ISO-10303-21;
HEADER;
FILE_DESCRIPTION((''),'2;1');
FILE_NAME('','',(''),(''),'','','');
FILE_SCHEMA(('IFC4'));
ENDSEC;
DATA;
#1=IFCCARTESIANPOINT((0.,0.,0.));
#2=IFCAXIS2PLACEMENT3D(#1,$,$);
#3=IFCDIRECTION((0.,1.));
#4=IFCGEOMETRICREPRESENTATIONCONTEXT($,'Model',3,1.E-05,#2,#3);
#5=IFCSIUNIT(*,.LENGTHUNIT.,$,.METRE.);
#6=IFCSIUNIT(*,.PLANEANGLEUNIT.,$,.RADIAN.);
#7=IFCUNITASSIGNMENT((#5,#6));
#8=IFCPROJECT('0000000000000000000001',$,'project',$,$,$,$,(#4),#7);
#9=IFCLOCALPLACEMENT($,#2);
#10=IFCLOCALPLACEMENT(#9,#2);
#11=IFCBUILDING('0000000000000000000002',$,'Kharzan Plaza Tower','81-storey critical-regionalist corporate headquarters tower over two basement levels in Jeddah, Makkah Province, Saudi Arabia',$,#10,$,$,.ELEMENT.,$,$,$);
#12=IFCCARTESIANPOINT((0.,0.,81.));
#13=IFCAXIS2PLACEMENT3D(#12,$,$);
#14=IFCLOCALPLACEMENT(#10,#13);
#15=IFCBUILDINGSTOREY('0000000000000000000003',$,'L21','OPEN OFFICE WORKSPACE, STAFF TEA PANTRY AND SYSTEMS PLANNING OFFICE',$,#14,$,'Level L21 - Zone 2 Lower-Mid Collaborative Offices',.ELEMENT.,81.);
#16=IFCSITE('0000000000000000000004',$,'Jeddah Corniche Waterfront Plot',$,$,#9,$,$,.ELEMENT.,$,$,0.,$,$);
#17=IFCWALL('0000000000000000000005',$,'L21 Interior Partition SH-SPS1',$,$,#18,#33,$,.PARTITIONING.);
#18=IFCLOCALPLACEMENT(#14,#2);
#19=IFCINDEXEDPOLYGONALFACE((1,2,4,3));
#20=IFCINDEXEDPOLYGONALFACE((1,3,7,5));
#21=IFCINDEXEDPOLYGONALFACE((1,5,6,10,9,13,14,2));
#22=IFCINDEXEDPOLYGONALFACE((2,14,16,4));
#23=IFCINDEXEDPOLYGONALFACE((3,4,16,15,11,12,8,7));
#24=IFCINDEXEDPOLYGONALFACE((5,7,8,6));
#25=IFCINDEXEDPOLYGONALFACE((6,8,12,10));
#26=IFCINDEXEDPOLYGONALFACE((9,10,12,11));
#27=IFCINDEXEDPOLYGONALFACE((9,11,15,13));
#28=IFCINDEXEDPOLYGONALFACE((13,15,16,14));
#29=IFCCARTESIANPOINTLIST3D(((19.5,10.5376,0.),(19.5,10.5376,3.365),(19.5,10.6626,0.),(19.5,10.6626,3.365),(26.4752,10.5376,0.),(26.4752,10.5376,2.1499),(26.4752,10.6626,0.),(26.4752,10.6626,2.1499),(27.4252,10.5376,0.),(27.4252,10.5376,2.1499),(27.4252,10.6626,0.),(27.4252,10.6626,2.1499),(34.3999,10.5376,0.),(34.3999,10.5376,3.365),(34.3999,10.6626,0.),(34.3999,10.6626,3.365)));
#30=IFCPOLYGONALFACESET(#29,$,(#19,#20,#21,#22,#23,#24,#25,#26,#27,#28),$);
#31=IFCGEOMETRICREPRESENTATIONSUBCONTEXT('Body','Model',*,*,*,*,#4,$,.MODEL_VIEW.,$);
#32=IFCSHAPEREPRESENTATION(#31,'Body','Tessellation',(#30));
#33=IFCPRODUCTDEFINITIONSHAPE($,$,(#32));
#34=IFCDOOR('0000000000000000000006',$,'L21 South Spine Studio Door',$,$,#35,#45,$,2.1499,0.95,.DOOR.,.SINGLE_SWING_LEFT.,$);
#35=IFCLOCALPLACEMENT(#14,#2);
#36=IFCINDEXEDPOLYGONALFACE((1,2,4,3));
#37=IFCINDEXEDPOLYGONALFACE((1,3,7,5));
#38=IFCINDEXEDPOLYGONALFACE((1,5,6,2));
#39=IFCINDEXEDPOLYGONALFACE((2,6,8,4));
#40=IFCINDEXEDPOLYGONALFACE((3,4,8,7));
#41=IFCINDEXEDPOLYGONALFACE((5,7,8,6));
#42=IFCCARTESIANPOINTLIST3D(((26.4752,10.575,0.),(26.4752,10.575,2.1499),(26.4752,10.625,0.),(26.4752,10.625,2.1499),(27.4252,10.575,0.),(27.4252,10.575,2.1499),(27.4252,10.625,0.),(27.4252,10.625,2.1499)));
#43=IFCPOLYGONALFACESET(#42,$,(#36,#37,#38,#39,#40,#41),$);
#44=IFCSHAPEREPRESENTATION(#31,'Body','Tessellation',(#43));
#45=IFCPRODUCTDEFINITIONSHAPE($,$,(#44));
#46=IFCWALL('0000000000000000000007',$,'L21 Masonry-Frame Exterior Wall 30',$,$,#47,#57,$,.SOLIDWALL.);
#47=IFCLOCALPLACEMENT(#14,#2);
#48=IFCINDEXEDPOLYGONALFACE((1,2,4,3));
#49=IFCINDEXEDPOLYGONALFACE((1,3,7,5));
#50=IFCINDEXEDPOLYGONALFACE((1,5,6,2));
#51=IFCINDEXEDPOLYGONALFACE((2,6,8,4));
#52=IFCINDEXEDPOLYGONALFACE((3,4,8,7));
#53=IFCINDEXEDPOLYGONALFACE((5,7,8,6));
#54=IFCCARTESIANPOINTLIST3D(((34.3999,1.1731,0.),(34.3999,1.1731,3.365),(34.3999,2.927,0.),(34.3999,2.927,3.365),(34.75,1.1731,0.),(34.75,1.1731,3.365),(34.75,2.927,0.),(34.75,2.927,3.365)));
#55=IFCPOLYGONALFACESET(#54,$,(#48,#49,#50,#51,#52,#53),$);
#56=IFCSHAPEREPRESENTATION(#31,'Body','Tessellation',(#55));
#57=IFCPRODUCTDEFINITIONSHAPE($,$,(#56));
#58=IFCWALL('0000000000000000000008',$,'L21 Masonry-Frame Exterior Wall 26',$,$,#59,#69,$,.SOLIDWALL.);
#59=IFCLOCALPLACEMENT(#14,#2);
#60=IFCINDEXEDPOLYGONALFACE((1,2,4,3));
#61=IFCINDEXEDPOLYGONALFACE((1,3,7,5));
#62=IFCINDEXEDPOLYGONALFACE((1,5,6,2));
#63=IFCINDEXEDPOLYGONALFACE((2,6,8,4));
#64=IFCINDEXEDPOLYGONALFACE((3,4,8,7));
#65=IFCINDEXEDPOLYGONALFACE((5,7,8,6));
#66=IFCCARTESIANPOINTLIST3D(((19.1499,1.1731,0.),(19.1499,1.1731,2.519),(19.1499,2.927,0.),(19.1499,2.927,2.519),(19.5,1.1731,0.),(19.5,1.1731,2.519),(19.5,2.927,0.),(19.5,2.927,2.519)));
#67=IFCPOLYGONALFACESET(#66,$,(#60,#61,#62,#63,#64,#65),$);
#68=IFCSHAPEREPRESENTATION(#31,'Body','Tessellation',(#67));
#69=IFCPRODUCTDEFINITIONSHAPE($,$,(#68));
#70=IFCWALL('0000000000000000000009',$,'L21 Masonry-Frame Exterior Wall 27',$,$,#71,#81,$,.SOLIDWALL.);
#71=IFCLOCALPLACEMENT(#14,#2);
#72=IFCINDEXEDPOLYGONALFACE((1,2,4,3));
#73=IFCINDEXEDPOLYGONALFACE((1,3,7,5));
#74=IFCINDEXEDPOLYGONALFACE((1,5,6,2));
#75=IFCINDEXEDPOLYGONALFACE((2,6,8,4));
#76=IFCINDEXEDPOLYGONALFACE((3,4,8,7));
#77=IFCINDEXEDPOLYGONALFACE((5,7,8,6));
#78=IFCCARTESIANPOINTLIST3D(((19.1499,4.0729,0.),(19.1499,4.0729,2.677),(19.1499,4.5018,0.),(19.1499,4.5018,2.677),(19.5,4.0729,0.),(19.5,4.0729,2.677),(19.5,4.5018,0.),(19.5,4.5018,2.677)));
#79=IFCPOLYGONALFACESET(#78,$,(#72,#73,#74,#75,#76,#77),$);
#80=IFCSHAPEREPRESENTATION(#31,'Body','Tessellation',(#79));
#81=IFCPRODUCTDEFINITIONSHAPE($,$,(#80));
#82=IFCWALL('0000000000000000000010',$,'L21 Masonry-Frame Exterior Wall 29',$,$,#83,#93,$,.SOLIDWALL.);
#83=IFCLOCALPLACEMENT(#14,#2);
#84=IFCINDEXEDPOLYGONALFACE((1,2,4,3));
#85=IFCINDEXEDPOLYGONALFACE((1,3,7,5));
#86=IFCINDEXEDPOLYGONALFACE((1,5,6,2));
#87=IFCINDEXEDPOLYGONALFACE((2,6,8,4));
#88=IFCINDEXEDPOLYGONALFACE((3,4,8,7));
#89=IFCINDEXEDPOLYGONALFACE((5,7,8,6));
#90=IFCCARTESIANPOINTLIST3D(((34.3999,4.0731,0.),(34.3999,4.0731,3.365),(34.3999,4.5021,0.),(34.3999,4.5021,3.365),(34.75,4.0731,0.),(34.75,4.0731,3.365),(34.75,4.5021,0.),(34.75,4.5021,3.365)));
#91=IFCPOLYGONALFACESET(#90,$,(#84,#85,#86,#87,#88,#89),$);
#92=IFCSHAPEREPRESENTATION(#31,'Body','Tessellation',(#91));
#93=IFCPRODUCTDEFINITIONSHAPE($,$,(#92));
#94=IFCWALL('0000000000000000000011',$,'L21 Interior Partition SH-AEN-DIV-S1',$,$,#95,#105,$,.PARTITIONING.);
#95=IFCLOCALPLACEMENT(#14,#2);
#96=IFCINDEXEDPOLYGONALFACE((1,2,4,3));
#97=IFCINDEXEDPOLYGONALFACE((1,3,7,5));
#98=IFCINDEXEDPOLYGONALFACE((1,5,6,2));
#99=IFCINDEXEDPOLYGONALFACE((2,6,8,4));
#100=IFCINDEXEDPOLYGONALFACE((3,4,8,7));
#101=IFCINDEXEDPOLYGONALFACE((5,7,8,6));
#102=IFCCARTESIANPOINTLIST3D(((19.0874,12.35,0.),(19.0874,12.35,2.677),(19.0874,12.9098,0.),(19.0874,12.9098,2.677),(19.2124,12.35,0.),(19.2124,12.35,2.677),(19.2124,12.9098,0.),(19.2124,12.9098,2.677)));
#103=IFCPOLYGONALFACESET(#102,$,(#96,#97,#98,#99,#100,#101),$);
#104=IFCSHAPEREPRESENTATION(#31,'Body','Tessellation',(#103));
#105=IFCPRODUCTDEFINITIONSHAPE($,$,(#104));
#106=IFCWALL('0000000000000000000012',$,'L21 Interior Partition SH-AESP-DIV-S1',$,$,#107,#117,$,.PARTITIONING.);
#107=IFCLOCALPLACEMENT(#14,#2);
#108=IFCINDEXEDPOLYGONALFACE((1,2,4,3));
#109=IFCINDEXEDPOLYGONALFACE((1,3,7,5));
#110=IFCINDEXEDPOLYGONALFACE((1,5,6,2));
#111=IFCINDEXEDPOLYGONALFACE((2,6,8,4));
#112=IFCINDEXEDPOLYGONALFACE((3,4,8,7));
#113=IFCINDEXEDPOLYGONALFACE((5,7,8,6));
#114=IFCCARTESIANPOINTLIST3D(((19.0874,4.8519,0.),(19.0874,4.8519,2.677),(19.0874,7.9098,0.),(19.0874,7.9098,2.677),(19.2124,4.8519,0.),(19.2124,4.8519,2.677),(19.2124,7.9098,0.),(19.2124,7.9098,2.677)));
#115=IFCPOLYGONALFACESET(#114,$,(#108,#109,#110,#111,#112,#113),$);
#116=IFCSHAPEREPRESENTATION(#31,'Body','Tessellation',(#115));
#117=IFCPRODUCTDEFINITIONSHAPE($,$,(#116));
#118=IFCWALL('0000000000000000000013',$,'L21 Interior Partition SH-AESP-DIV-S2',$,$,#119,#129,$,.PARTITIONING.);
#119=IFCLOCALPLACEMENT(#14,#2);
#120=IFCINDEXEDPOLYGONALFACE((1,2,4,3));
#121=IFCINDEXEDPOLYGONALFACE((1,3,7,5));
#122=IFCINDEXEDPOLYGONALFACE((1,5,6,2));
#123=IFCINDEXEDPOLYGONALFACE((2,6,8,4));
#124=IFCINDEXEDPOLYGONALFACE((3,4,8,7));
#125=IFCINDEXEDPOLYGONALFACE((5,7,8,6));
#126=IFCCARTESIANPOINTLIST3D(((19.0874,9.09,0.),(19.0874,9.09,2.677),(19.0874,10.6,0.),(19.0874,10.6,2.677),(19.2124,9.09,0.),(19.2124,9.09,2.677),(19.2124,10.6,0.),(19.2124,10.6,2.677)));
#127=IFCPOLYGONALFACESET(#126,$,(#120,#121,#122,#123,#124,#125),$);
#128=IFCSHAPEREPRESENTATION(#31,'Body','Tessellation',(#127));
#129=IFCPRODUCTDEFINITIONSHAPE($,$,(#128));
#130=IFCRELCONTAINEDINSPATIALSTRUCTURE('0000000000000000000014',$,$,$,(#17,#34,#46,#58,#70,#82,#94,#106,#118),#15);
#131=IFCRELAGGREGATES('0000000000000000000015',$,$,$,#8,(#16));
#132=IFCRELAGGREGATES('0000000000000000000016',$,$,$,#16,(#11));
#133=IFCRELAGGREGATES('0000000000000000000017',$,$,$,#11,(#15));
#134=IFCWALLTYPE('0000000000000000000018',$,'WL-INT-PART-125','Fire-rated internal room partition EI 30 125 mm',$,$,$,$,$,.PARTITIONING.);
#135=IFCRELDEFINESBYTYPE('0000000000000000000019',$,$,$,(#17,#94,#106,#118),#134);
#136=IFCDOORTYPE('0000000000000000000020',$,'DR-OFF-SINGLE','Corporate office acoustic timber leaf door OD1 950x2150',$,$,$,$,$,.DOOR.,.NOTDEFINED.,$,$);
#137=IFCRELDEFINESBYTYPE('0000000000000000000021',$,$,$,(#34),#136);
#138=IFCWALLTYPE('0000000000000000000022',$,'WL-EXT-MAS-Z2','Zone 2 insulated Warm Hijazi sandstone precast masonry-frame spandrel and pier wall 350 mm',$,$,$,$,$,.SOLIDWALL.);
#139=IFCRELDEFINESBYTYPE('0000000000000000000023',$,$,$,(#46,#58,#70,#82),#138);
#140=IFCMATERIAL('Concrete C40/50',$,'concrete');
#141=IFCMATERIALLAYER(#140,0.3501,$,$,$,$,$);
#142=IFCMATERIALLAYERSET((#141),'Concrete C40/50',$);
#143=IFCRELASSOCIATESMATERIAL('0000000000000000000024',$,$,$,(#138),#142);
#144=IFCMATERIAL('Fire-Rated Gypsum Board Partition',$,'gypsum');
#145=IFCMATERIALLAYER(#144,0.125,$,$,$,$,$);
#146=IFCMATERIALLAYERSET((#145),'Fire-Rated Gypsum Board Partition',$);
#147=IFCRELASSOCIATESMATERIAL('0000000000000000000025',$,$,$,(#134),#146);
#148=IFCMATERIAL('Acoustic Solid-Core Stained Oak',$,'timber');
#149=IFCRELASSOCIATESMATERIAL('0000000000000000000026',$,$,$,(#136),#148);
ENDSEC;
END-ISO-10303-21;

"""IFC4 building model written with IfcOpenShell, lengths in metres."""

from ifc_helpers import new_model, si_unit, direction, frame, frame_2d, origin, place, context, subcontext, project, spatial, rectangle, extrude, source, transform, mapped, material, layer, layer_set, type_object, element, fill, save


model = new_model("IFC4")

# Units and contexts
model_context = context("Model", 3, precision=1e-05, world=origin(), true_north=direction((0.0, 1.0)))
body_context = subcontext(model_context, "Body", "Model", "MODEL_VIEW")
ifc_project = project(units=[si_unit("LENGTHUNIT", "METRE"), si_unit("PLANEANGLEUNIT", "RADIAN")], contexts=[model_context])

# Site, building, storey
site_placement = place(None, origin())
site = spatial("IfcSite", under=ifc_project, at=site_placement, Name="Jeddah Corniche Waterfront Plot", CompositionType="ELEMENT", RefElevation=0.0)
building_placement = place(site_placement, origin())
building = spatial("IfcBuilding", under=site, at=building_placement, Name="Kharzan Plaza Tower", Description="81-storey critical-regionalist corporate headquarters tower over two basement levels in Jeddah, Makkah Province, Saudi Arabia", CompositionType="ELEMENT")
storey_placement = place(building_placement, frame((0.0, 0.0, 81.0)))
storey = spatial("IfcBuildingStorey", under=building, at=storey_placement, Name="L21", Description="OPEN OFFICE WORKSPACE, STAFF TEA PANTRY AND SYSTEMS PLANNING OFFICE", LongName="Level L21 - Zone 2 Lower-Mid Collaborative Offices", CompositionType="ELEMENT", Elevation=81.0)

# Shared definitions
ifc_material_1 = material(Name="Concrete C40/50", Category="concrete")
ifc_layer_1 = layer(ifc_material_1, 0.3501)
ifc_layer_set_1 = layer_set([ifc_layer_1], Name="Concrete C40/50")
wall_type_1 = type_object("IfcWallType", Name="WL-EXT-MAS-Z2", Description="Zone 2 insulated Warm Hijazi sandstone precast masonry-frame spandrel and pier wall 350 mm", PredefinedType="SOLIDWALL", material=ifc_layer_set_1)

# Wall, opening, door
ifc_material_2 = material(Name="Fire-Rated Gypsum Board Partition", Category="gypsum")
ifc_layer_2 = layer(ifc_material_2, 0.125)
ifc_layer_set_2 = layer_set([ifc_layer_2], Name="Fire-Rated Gypsum Board Partition")
wall_type_2 = type_object("IfcWallType", Name="WL-INT-PART-125", Description="Fire-rated internal room partition EI 30 125 mm", PredefinedType="PARTITIONING", material=ifc_layer_set_2)
wall_1_placement = place(storey_placement, frame((19.5, 10.6001, 0.0), z_axis=(0.0, 0.0, 1.0), x_axis=(1.0, 0.0, 0.0)))
wall_1 = element("IfcWall", 1, at=wall_1_placement, inside=storey, type_object=wall_type_2, Name="L21 Interior Partition SH-SPS1", PredefinedType="PARTITIONING", context=body_context, shape_type="SweptSolid", body=[
    extrude(rectangle(XDim=14.8999, YDim=0.125, at=frame_2d((7.45, 0.0))), origin(), (0.0, 0.0, 1.0), 3.365),
])
opening_1_placement = place(wall_1_placement, frame((6.9751, 0.0, 0.0)))
opening_1 = element("IfcOpeningElement", 2, at=opening_1_placement, cuts=wall_1, PredefinedType="OPENING", context=body_context, shape_type="SweptSolid", body=[
    extrude(rectangle(XDim=0.95, YDim=2.1499, at=frame_2d((0.4751, 1.075))), frame((0.0, 0.0725, 0.0), z_axis=(0.0, -1.0, 0.0), x_axis=(1.0, 0.0, 0.0)), (0.0, 0.0, 1.0), 0.145),
])
ifc_material_3 = material(Name="Acoustic Solid-Core Stained Oak", Category="timber")
door_type = type_object("IfcDoorType", Name="DR-OFF-SINGLE", Description="Corporate office acoustic timber leaf door OD1 950x2150", OperationType="NOTDEFINED", PredefinedType="DOOR", material=ifc_material_3)
shared_shape_1 = source(origin(), body_context, "Body", "SweptSolid", [
    extrude(rectangle(XDim=0.95, YDim=2.1499, at=frame_2d((0.4751, 1.075))), frame((0.0, 0.0249, 0.0), z_axis=(0.0, -1.0, 0.0), x_axis=(1.0, 0.0, 0.0)), (0.0, 0.0, 1.0), 0.05),
])
door_placement = place(opening_1_placement, origin())
door = element("IfcDoor", 3, at=door_placement, inside=storey, type_object=door_type, Name="L21 South Spine Studio Door", OperationType="SINGLE_SWING_LEFT", OverallHeight=2.1499, OverallWidth=0.95, PredefinedType="DOOR", context=body_context, shape_type="MappedRepresentation", body=[
    mapped(shared_shape_1, transform((0.0, 0.0, 0.0), x_axis=(1.0, 0.0, 0.0), y_axis=(0.0, 1.0, 0.0), z_axis=(0.0, 0.0, 1.0))),
])
fill(opening_1, door)

# Walls
shared_shape_2 = source(origin(), body_context, "Body", "SweptSolid", [
    extrude(rectangle(XDim=1.7539, YDim=0.3501, at=frame_2d((0.877, 0.0))), origin(), (0.0, 0.0, 1.0), 3.365),
])
wall_2_placement = place(storey_placement, frame((34.575, 2.927, 0.0), z_axis=(0.0, 0.0, 1.0), x_axis=(0.0, -1.0, 0.0)))
element("IfcWall", 4, at=wall_2_placement, inside=storey, type_object=wall_type_1, Name="L21 Masonry-Frame Exterior Wall 30", PredefinedType="SOLIDWALL", context=body_context, shape_type="MappedRepresentation", body=[
    mapped(shared_shape_2, transform((0.0, 0.0, 0.0), x_axis=(1.0, 0.0, 0.0), y_axis=(0.0, 1.0, 0.0), z_axis=(0.0, 0.0, 1.0))),
])
shared_shape_3 = source(origin(), body_context, "Body", "SweptSolid", [
    extrude(rectangle(XDim=1.7539, YDim=0.3501, at=frame_2d((0.877, 0.0))), origin(), (0.0, 0.0, 1.0), 2.519),
])
wall_3_placement = place(storey_placement, frame((19.325, 1.1731, 0.0), z_axis=(0.0, 0.0, 1.0), x_axis=(0.0, 1.0, 0.0)))
element("IfcWall", 5, at=wall_3_placement, inside=storey, type_object=wall_type_1, Name="L21 Masonry-Frame Exterior Wall 26", PredefinedType="SOLIDWALL", context=body_context, shape_type="MappedRepresentation", body=[
    mapped(shared_shape_3, transform((0.0, 0.0, 0.0), x_axis=(1.0, 0.0, 0.0), y_axis=(0.0, 1.0, 0.0), z_axis=(0.0, 0.0, 1.0))),
])
shared_shape_4 = source(origin(), body_context, "Body", "SweptSolid", [
    extrude(rectangle(XDim=0.429, YDim=0.3501, at=frame_2d((0.2144, 0.0))), origin(), (0.0, 0.0, 1.0), 2.677),
])
wall_4_placement = place(storey_placement, frame((19.325, 4.073, 0.0), z_axis=(0.0, 0.0, 1.0), x_axis=(0.0, 1.0, 0.0)))
element("IfcWall", 6, at=wall_4_placement, inside=storey, type_object=wall_type_1, Name="L21 Masonry-Frame Exterior Wall 27", PredefinedType="SOLIDWALL", context=body_context, shape_type="MappedRepresentation", body=[
    mapped(shared_shape_4, transform((0.0, 0.0, 0.0), x_axis=(1.0, 0.0, 0.0), y_axis=(0.0, 1.0, 0.0), z_axis=(0.0, 0.0, 1.0))),
])
shared_shape_5 = source(origin(), body_context, "Body", "SweptSolid", [
    extrude(rectangle(XDim=0.429, YDim=0.3501, at=frame_2d((0.2144, 0.0))), origin(), (0.0, 0.0, 1.0), 3.365),
])
wall_5_placement = place(storey_placement, frame((34.575, 4.502, 0.0), z_axis=(0.0, 0.0, 1.0), x_axis=(0.0, -1.0, 0.0)))
element("IfcWall", 7, at=wall_5_placement, inside=storey, type_object=wall_type_1, Name="L21 Masonry-Frame Exterior Wall 29", PredefinedType="SOLIDWALL", context=body_context, shape_type="MappedRepresentation", body=[
    mapped(shared_shape_5, transform((0.0, 0.0, 0.0), x_axis=(1.0, 0.0, 0.0), y_axis=(0.0, 1.0, 0.0), z_axis=(0.0, 0.0, 1.0))),
])
shared_shape_6 = source(origin(), body_context, "Body", "SweptSolid", [
    extrude(rectangle(XDim=0.5598, YDim=0.125, at=frame_2d((0.2798, 0.0))), origin(), (0.0, 0.0, 1.0), 2.677),
])
wall_6_placement = place(storey_placement, frame((19.1499, 12.3501, 0.0), z_axis=(0.0, 0.0, 1.0), x_axis=(0.0, 1.0, 0.0)))
element("IfcWall", 8, at=wall_6_placement, inside=storey, type_object=wall_type_2, Name="L21 Interior Partition SH-AEN-DIV-S1", PredefinedType="PARTITIONING", context=body_context, shape_type="MappedRepresentation", body=[
    mapped(shared_shape_6, transform((0.0, 0.0, 0.0), x_axis=(1.0, 0.0, 0.0), y_axis=(0.0, 1.0, 0.0), z_axis=(0.0, 0.0, 1.0))),
])
shared_shape_7 = source(origin(), body_context, "Body", "SweptSolid", [
    extrude(rectangle(XDim=3.0579, YDim=0.125, at=frame_2d((1.5288, 0.0))), origin(), (0.0, 0.0, 1.0), 2.677),
])
wall_7_placement = place(storey_placement, frame((19.1499, 4.8521, 0.0), z_axis=(0.0, 0.0, 1.0), x_axis=(0.0, 1.0, 0.0)))
element("IfcWall", 9, at=wall_7_placement, inside=storey, type_object=wall_type_2, Name="L21 Interior Partition SH-AESP-DIV-S1", PredefinedType="PARTITIONING", context=body_context, shape_type="MappedRepresentation", body=[
    mapped(shared_shape_7, transform((0.0, 0.0, 0.0), x_axis=(1.0, 0.0, 0.0), y_axis=(0.0, 1.0, 0.0), z_axis=(0.0, 0.0, 1.0))),
])
shared_shape_8 = source(origin(), body_context, "Body", "SweptSolid", [
    extrude(rectangle(XDim=1.51, YDim=0.125, at=frame_2d((0.7549, 0.0))), origin(), (0.0, 0.0, 1.0), 2.677),
])
wall_8_placement = place(storey_placement, frame((19.1499, 9.0901, 0.0), z_axis=(0.0, 0.0, 1.0), x_axis=(0.0, 1.0, 0.0)))
element("IfcWall", 10, at=wall_8_placement, inside=storey, type_object=wall_type_2, Name="L21 Interior Partition SH-AESP-DIV-S2", PredefinedType="PARTITIONING", context=body_context, shape_type="MappedRepresentation", body=[
    mapped(shared_shape_8, transform((0.0, 0.0, 0.0), x_axis=(1.0, 0.0, 0.0), y_axis=(0.0, 1.0, 0.0), z_axis=(0.0, 0.0, 1.0))),
])

save(model, "model.ifc")
